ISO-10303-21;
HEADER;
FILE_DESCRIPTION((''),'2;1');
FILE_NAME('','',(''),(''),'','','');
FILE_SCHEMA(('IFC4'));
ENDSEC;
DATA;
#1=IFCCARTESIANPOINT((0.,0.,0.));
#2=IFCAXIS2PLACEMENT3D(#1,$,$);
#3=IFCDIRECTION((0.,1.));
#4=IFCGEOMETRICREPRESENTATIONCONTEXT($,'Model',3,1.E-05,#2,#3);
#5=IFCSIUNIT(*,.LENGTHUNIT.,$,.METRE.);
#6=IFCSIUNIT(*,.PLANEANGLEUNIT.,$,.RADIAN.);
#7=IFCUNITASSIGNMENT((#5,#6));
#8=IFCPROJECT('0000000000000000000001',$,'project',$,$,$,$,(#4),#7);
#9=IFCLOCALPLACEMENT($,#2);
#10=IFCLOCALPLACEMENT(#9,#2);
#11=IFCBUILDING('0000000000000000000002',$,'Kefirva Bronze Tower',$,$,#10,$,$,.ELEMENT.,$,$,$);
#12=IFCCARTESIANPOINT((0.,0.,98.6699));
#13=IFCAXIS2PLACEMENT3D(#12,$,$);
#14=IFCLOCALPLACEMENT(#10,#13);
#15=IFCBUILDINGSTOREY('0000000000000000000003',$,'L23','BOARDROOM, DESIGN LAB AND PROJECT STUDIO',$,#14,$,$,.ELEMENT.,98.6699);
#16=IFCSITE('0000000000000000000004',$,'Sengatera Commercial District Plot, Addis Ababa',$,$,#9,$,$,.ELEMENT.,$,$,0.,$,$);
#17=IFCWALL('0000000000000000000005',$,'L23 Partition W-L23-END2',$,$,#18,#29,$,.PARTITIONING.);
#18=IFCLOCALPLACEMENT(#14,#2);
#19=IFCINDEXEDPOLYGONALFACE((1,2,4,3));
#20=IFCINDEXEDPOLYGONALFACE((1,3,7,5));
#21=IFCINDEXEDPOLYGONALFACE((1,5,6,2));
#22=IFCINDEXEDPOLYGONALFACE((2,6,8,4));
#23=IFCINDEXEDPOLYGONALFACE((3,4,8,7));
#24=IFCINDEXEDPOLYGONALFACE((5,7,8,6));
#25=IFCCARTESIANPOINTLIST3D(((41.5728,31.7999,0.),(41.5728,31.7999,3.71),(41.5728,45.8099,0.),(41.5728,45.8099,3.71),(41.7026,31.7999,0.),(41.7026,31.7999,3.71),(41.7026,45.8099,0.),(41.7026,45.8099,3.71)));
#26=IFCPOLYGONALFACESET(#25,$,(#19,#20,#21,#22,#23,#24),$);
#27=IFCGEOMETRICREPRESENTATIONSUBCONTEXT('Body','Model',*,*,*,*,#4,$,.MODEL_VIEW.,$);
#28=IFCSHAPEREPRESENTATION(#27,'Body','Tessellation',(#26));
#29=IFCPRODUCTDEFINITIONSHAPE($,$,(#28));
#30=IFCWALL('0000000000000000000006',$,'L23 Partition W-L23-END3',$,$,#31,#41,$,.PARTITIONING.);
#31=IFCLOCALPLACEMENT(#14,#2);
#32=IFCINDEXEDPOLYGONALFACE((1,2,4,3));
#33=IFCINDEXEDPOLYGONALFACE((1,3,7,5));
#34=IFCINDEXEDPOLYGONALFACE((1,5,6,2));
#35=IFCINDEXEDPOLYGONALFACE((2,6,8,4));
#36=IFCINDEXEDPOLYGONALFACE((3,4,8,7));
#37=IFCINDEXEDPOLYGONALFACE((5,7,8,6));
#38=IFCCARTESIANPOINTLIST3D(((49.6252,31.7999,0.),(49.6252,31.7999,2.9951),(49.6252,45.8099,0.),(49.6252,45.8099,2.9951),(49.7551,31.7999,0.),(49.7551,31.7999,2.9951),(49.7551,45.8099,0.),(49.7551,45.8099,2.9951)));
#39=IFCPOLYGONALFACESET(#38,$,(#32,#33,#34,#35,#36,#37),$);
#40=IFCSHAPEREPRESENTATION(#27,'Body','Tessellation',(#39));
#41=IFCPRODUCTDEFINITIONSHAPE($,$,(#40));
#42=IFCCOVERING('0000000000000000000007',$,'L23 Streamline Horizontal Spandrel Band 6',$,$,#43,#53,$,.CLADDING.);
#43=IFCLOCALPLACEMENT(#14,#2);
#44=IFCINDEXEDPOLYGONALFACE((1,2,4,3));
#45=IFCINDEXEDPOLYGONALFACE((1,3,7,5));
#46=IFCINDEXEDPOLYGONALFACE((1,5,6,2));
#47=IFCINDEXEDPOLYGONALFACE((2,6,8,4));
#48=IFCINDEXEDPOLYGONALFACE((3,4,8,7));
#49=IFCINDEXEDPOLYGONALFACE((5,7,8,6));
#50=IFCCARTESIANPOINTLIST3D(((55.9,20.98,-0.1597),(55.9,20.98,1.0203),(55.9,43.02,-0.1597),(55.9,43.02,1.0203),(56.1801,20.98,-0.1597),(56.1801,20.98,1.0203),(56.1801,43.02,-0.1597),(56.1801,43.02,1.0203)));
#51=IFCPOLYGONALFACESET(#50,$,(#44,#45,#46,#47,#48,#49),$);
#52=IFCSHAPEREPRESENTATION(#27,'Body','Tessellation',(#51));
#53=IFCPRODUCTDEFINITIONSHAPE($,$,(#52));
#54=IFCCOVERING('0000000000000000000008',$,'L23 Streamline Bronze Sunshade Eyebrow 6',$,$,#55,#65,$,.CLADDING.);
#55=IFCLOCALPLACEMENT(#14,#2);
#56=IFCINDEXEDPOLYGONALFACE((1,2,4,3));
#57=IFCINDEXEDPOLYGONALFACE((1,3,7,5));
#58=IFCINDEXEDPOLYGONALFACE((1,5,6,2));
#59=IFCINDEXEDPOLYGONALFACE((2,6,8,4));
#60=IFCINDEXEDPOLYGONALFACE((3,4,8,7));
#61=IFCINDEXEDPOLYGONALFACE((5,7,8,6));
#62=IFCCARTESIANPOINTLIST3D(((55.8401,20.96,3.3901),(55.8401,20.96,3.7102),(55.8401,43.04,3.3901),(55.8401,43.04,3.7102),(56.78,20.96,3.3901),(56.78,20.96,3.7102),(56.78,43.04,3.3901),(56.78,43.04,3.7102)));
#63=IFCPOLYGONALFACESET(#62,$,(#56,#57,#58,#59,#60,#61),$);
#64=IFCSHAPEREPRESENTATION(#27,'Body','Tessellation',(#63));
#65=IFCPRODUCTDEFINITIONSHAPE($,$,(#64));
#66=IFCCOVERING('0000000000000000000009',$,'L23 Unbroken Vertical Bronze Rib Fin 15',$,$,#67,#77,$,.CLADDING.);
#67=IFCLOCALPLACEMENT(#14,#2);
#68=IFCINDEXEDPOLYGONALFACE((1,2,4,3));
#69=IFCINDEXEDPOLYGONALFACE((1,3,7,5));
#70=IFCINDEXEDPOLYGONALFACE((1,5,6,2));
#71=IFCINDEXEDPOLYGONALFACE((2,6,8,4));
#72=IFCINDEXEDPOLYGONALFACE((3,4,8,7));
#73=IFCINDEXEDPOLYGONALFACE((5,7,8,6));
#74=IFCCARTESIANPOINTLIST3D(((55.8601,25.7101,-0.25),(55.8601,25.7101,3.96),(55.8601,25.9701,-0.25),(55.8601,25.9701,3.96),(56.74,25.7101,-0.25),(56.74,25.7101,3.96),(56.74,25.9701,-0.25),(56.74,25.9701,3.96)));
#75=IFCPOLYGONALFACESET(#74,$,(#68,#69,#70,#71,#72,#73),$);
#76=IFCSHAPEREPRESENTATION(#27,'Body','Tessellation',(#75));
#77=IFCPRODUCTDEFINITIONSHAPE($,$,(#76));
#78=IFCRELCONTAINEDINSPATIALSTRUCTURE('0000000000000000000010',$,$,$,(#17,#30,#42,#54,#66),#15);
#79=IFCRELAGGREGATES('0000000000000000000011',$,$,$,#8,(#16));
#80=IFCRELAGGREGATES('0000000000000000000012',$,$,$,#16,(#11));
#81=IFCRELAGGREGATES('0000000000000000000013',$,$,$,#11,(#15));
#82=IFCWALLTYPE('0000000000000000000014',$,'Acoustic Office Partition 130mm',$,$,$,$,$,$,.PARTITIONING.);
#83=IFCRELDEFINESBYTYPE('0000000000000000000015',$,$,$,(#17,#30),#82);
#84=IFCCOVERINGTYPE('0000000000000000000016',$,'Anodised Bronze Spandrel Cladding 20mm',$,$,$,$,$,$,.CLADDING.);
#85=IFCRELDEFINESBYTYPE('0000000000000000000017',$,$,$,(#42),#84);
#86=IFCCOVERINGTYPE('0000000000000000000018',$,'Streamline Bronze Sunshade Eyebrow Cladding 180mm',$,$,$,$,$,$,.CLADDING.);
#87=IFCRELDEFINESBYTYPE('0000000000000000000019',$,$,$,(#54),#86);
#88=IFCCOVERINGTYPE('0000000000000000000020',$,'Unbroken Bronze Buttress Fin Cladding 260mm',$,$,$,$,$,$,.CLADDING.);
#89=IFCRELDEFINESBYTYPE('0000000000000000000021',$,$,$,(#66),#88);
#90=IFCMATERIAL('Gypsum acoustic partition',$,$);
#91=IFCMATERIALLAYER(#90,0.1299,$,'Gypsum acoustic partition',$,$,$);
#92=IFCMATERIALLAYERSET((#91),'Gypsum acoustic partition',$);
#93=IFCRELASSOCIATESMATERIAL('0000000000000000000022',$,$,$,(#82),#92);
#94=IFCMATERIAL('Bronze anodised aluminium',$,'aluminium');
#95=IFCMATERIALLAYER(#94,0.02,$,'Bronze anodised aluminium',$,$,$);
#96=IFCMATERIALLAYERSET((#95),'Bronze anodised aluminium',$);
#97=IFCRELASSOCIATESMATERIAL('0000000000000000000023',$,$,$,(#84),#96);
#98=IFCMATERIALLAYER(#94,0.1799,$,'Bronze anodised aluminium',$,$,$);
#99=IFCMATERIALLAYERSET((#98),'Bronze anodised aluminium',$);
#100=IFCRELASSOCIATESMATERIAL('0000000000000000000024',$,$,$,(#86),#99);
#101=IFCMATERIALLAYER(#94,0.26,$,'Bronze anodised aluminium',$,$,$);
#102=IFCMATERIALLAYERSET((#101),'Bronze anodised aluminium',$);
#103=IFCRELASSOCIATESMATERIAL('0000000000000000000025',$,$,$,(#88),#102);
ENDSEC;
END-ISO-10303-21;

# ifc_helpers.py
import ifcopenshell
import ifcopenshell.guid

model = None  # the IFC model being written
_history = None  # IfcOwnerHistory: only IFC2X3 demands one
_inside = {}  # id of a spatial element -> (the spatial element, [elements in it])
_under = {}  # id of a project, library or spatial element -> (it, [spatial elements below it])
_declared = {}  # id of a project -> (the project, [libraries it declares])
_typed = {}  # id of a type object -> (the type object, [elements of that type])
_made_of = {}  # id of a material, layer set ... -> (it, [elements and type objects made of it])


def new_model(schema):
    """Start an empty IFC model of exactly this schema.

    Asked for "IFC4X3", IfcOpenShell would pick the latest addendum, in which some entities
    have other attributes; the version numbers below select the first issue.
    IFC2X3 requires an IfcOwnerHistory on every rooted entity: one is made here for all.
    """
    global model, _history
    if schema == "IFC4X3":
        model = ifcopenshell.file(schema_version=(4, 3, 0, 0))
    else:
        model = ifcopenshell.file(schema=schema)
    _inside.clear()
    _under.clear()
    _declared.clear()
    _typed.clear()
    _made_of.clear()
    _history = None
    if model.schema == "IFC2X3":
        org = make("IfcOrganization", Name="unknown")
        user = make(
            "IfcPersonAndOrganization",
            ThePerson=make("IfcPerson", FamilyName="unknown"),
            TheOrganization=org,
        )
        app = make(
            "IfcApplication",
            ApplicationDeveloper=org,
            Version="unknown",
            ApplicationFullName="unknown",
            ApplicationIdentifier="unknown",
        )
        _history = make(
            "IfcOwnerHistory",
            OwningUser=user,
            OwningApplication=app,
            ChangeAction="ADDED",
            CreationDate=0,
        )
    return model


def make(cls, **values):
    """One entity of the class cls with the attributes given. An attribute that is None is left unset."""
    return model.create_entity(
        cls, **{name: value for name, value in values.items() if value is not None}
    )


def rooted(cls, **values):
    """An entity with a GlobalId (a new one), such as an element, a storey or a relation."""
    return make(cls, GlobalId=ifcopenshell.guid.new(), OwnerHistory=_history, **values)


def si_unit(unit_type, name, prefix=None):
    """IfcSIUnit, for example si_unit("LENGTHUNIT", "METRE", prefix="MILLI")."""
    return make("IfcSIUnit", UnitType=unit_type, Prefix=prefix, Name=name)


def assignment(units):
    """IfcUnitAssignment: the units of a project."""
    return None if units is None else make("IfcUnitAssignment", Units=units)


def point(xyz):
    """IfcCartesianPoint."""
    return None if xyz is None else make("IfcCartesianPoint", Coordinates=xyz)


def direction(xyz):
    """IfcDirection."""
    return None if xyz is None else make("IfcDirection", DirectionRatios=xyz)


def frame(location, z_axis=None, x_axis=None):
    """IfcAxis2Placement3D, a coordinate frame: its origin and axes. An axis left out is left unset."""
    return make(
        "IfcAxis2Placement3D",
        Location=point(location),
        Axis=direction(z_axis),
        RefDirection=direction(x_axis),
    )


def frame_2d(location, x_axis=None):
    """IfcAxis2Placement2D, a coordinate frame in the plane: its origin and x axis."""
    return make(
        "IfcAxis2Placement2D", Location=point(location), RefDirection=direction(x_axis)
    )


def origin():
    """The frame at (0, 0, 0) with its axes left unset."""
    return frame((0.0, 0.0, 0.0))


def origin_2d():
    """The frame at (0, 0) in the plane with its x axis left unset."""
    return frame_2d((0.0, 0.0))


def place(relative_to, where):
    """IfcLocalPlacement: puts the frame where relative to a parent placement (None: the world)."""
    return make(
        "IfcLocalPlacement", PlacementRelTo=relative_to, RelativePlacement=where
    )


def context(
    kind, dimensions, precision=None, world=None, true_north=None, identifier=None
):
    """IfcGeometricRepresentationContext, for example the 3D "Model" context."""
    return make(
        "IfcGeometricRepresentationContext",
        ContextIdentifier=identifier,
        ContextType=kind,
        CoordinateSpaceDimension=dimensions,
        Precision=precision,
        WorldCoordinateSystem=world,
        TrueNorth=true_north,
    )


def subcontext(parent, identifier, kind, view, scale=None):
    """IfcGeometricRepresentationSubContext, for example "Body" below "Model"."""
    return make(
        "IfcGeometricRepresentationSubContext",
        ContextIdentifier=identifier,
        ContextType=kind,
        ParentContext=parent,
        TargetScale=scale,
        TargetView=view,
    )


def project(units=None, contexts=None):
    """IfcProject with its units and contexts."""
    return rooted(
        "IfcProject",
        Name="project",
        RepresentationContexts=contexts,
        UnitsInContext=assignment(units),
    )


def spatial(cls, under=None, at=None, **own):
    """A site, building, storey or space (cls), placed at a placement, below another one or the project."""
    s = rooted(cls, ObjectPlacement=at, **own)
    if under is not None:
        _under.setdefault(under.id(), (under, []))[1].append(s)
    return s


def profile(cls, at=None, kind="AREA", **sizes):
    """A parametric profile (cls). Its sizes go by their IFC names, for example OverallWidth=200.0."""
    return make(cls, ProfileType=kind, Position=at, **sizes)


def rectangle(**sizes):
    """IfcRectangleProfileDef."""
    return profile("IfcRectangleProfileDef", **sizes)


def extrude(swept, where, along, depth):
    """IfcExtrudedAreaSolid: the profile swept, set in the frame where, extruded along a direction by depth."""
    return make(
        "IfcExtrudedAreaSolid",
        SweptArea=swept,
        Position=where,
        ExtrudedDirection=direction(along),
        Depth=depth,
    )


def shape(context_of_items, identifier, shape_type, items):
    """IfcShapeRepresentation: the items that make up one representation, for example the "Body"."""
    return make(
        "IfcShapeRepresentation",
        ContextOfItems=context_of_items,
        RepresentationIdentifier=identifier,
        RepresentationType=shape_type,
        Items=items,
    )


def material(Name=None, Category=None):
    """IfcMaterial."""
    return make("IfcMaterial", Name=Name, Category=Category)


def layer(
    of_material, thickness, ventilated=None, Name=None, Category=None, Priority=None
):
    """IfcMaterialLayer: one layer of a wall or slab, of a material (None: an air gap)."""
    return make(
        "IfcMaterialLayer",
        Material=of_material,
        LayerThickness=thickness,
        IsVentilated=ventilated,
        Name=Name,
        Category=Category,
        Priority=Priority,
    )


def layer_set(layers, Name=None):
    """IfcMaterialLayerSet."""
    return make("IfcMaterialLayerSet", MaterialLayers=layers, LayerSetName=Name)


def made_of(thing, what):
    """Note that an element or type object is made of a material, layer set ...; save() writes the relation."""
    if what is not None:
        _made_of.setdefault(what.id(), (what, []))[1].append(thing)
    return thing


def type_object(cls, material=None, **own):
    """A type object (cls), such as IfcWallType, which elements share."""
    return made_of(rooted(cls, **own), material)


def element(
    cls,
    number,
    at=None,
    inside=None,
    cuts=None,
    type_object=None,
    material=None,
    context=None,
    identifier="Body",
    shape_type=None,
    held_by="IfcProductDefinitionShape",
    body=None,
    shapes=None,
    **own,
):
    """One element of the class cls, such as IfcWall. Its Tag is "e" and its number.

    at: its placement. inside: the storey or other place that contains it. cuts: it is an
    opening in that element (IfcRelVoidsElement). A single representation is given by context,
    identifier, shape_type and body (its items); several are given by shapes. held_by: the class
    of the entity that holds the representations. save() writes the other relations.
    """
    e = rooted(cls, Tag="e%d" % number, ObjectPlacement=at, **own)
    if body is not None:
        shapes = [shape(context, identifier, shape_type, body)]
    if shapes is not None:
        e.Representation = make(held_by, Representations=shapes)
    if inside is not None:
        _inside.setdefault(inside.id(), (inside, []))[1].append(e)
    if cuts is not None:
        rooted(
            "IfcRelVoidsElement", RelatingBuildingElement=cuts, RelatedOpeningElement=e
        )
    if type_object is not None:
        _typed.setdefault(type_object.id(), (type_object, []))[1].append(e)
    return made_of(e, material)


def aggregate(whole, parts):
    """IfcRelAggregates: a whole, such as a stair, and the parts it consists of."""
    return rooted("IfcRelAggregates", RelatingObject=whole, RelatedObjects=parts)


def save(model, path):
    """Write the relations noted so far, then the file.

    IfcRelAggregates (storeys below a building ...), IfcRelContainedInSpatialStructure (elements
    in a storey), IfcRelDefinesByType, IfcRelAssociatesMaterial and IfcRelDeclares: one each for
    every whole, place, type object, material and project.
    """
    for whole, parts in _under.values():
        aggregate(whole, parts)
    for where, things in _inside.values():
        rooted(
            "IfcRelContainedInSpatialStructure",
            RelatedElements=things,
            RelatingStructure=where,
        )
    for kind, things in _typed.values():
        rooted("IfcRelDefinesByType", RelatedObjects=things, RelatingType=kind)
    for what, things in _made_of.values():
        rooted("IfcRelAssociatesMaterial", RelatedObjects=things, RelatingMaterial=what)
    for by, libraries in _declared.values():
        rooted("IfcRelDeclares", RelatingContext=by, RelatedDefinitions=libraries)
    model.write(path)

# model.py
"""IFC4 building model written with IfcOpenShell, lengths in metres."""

from ifc_helpers import new_model, si_unit, direction, frame, frame_2d, origin, origin_2d, place, context, subcontext, project, spatial, rectangle, extrude, material, layer, layer_set, type_object, element, save


model = new_model("IFC4")

# Units and contexts
model_context = context("Model", 3, precision=1e-05, world=origin(), true_north=direction((0.0, 1.0)))
body_context = subcontext(model_context, "Body", "Model", "MODEL_VIEW")
ifc_project = project(units=[si_unit("LENGTHUNIT", "METRE"), si_unit("PLANEANGLEUNIT", "RADIAN")], contexts=[model_context])

# Site, building, storey
site_placement = place(None, origin())
site = spatial("IfcSite", under=ifc_project, at=site_placement, Name="Sengatera Commercial District Plot, Addis Ababa", CompositionType="ELEMENT", RefElevation=0.0)
building_placement = place(site_placement, origin())
building = spatial("IfcBuilding", under=site, at=building_placement, Name="Kefirva Bronze Tower", CompositionType="ELEMENT")
storey_placement = place(building_placement, frame((0.0, 0.0, 98.6699)))
storey = spatial("IfcBuildingStorey", under=building, at=storey_placement, Name="L23", Description="BOARDROOM, DESIGN LAB AND PROJECT STUDIO", CompositionType="ELEMENT", Elevation=98.6699)

# Shared definitions
ifc_material_1 = material(Name="Bronze anodised aluminium", Category="aluminium")

# Walls
ifc_material_2 = material(Name="Gypsum acoustic partition")
ifc_layer_1 = layer(ifc_material_2, 0.1299, Name="Gypsum acoustic partition")
ifc_layer_set_1 = layer_set([ifc_layer_1], Name="Gypsum acoustic partition")
wall_type = type_object("IfcWallType", Name="Acoustic Office Partition 130mm", PredefinedType="PARTITIONING", material=ifc_layer_set_1)
wall_1_placement = place(storey_placement, frame((41.6377, 31.8, 0.0), z_axis=(0.0, 0.0, 1.0), x_axis=(0.0, 1.0, 0.0)))
element("IfcWall", 1, at=wall_1_placement, inside=storey, type_object=wall_type, Name="L23 Partition W-L23-END2", PredefinedType="PARTITIONING", context=body_context, shape_type="SweptSolid", body=[
    extrude(rectangle(XDim=14.01, YDim=0.1299, at=frame_2d((7.0049, 0.0))), origin(), (0.0, 0.0, 1.0), 3.71),
])
wall_2_placement = place(storey_placement, frame((49.6902, 31.8, 0.0), z_axis=(0.0, 0.0, 1.0), x_axis=(0.0, 1.0, 0.0)))
element("IfcWall", 2, at=wall_2_placement, inside=storey, type_object=wall_type, Name="L23 Partition W-L23-END3", PredefinedType="PARTITIONING", context=body_context, shape_type="SweptSolid", body=[
    extrude(rectangle(XDim=14.01, YDim=0.1299, at=frame_2d((7.0049, 0.0))), origin(), (0.0, 0.0, 1.0), 2.9951),
])

# Coverings
ifc_layer_2 = layer(ifc_material_1, 0.02, Name="Bronze anodised aluminium")
ifc_layer_set_2 = layer_set([ifc_layer_2], Name="Bronze anodised aluminium")
covering_type_1 = type_object("IfcCoveringType", Name="Anodised Bronze Spandrel Cladding 20mm", PredefinedType="CLADDING", material=ifc_layer_set_2)
covering_1_placement = place(storey_placement, frame((56.04, 32.0, -0.1597), z_axis=(0.0, 0.0, 1.0), x_axis=(0.0, 1.0, 0.0)))
element("IfcCovering", 3, at=covering_1_placement, inside=storey, type_object=covering_type_1, Name="L23 Streamline Horizontal Spandrel Band 6", PredefinedType="CLADDING", context=body_context, shape_type="SweptSolid", body=[
    extrude(rectangle(XDim=22.04, YDim=0.28, at=origin_2d()), origin(), (0.0, 0.0, 1.0), 1.1799),
])
ifc_layer_3 = layer(ifc_material_1, 0.1799, Name="Bronze anodised aluminium")
ifc_layer_set_3 = layer_set([ifc_layer_3], Name="Bronze anodised aluminium")
covering_type_2 = type_object("IfcCoveringType", Name="Streamline Bronze Sunshade Eyebrow Cladding 180mm", PredefinedType="CLADDING", material=ifc_layer_set_3)
covering_2_placement = place(storey_placement, frame((56.3101, 32.0, 3.3901), z_axis=(0.0, 0.0, 1.0), x_axis=(0.0, 1.0, 0.0)))
element("IfcCovering", 4, at=covering_2_placement, inside=storey, type_object=covering_type_2, Name="L23 Streamline Bronze Sunshade Eyebrow 6", PredefinedType="CLADDING", context=body_context, shape_type="SweptSolid", body=[
    extrude(rectangle(XDim=22.0801, YDim=0.9399, at=origin_2d()), origin(), (0.0, 0.0, 1.0), 0.3201),
])
ifc_layer_4 = layer(ifc_material_1, 0.26, Name="Bronze anodised aluminium")
ifc_layer_set_4 = layer_set([ifc_layer_4], Name="Bronze anodised aluminium")
covering_type_3 = type_object("IfcCoveringType", Name="Unbroken Bronze Buttress Fin Cladding 260mm", PredefinedType="CLADDING", material=ifc_layer_set_4)
covering_3_placement = place(storey_placement, frame((56.3, 25.8401, -0.25), z_axis=(0.0, 0.0, 1.0), x_axis=(0.0, 1.0, 0.0)))
element("IfcCovering", 5, at=covering_3_placement, inside=storey, type_object=covering_type_3, Name="L23 Unbroken Vertical Bronze Rib Fin 15", PredefinedType="CLADDING", context=body_context, shape_type="SweptSolid", body=[
    extrude(rectangle(XDim=0.26, YDim=0.8799, at=origin_2d()), origin(), (0.0, 0.0, 1.0), 4.21),
])

save(model, "model.ifc")
